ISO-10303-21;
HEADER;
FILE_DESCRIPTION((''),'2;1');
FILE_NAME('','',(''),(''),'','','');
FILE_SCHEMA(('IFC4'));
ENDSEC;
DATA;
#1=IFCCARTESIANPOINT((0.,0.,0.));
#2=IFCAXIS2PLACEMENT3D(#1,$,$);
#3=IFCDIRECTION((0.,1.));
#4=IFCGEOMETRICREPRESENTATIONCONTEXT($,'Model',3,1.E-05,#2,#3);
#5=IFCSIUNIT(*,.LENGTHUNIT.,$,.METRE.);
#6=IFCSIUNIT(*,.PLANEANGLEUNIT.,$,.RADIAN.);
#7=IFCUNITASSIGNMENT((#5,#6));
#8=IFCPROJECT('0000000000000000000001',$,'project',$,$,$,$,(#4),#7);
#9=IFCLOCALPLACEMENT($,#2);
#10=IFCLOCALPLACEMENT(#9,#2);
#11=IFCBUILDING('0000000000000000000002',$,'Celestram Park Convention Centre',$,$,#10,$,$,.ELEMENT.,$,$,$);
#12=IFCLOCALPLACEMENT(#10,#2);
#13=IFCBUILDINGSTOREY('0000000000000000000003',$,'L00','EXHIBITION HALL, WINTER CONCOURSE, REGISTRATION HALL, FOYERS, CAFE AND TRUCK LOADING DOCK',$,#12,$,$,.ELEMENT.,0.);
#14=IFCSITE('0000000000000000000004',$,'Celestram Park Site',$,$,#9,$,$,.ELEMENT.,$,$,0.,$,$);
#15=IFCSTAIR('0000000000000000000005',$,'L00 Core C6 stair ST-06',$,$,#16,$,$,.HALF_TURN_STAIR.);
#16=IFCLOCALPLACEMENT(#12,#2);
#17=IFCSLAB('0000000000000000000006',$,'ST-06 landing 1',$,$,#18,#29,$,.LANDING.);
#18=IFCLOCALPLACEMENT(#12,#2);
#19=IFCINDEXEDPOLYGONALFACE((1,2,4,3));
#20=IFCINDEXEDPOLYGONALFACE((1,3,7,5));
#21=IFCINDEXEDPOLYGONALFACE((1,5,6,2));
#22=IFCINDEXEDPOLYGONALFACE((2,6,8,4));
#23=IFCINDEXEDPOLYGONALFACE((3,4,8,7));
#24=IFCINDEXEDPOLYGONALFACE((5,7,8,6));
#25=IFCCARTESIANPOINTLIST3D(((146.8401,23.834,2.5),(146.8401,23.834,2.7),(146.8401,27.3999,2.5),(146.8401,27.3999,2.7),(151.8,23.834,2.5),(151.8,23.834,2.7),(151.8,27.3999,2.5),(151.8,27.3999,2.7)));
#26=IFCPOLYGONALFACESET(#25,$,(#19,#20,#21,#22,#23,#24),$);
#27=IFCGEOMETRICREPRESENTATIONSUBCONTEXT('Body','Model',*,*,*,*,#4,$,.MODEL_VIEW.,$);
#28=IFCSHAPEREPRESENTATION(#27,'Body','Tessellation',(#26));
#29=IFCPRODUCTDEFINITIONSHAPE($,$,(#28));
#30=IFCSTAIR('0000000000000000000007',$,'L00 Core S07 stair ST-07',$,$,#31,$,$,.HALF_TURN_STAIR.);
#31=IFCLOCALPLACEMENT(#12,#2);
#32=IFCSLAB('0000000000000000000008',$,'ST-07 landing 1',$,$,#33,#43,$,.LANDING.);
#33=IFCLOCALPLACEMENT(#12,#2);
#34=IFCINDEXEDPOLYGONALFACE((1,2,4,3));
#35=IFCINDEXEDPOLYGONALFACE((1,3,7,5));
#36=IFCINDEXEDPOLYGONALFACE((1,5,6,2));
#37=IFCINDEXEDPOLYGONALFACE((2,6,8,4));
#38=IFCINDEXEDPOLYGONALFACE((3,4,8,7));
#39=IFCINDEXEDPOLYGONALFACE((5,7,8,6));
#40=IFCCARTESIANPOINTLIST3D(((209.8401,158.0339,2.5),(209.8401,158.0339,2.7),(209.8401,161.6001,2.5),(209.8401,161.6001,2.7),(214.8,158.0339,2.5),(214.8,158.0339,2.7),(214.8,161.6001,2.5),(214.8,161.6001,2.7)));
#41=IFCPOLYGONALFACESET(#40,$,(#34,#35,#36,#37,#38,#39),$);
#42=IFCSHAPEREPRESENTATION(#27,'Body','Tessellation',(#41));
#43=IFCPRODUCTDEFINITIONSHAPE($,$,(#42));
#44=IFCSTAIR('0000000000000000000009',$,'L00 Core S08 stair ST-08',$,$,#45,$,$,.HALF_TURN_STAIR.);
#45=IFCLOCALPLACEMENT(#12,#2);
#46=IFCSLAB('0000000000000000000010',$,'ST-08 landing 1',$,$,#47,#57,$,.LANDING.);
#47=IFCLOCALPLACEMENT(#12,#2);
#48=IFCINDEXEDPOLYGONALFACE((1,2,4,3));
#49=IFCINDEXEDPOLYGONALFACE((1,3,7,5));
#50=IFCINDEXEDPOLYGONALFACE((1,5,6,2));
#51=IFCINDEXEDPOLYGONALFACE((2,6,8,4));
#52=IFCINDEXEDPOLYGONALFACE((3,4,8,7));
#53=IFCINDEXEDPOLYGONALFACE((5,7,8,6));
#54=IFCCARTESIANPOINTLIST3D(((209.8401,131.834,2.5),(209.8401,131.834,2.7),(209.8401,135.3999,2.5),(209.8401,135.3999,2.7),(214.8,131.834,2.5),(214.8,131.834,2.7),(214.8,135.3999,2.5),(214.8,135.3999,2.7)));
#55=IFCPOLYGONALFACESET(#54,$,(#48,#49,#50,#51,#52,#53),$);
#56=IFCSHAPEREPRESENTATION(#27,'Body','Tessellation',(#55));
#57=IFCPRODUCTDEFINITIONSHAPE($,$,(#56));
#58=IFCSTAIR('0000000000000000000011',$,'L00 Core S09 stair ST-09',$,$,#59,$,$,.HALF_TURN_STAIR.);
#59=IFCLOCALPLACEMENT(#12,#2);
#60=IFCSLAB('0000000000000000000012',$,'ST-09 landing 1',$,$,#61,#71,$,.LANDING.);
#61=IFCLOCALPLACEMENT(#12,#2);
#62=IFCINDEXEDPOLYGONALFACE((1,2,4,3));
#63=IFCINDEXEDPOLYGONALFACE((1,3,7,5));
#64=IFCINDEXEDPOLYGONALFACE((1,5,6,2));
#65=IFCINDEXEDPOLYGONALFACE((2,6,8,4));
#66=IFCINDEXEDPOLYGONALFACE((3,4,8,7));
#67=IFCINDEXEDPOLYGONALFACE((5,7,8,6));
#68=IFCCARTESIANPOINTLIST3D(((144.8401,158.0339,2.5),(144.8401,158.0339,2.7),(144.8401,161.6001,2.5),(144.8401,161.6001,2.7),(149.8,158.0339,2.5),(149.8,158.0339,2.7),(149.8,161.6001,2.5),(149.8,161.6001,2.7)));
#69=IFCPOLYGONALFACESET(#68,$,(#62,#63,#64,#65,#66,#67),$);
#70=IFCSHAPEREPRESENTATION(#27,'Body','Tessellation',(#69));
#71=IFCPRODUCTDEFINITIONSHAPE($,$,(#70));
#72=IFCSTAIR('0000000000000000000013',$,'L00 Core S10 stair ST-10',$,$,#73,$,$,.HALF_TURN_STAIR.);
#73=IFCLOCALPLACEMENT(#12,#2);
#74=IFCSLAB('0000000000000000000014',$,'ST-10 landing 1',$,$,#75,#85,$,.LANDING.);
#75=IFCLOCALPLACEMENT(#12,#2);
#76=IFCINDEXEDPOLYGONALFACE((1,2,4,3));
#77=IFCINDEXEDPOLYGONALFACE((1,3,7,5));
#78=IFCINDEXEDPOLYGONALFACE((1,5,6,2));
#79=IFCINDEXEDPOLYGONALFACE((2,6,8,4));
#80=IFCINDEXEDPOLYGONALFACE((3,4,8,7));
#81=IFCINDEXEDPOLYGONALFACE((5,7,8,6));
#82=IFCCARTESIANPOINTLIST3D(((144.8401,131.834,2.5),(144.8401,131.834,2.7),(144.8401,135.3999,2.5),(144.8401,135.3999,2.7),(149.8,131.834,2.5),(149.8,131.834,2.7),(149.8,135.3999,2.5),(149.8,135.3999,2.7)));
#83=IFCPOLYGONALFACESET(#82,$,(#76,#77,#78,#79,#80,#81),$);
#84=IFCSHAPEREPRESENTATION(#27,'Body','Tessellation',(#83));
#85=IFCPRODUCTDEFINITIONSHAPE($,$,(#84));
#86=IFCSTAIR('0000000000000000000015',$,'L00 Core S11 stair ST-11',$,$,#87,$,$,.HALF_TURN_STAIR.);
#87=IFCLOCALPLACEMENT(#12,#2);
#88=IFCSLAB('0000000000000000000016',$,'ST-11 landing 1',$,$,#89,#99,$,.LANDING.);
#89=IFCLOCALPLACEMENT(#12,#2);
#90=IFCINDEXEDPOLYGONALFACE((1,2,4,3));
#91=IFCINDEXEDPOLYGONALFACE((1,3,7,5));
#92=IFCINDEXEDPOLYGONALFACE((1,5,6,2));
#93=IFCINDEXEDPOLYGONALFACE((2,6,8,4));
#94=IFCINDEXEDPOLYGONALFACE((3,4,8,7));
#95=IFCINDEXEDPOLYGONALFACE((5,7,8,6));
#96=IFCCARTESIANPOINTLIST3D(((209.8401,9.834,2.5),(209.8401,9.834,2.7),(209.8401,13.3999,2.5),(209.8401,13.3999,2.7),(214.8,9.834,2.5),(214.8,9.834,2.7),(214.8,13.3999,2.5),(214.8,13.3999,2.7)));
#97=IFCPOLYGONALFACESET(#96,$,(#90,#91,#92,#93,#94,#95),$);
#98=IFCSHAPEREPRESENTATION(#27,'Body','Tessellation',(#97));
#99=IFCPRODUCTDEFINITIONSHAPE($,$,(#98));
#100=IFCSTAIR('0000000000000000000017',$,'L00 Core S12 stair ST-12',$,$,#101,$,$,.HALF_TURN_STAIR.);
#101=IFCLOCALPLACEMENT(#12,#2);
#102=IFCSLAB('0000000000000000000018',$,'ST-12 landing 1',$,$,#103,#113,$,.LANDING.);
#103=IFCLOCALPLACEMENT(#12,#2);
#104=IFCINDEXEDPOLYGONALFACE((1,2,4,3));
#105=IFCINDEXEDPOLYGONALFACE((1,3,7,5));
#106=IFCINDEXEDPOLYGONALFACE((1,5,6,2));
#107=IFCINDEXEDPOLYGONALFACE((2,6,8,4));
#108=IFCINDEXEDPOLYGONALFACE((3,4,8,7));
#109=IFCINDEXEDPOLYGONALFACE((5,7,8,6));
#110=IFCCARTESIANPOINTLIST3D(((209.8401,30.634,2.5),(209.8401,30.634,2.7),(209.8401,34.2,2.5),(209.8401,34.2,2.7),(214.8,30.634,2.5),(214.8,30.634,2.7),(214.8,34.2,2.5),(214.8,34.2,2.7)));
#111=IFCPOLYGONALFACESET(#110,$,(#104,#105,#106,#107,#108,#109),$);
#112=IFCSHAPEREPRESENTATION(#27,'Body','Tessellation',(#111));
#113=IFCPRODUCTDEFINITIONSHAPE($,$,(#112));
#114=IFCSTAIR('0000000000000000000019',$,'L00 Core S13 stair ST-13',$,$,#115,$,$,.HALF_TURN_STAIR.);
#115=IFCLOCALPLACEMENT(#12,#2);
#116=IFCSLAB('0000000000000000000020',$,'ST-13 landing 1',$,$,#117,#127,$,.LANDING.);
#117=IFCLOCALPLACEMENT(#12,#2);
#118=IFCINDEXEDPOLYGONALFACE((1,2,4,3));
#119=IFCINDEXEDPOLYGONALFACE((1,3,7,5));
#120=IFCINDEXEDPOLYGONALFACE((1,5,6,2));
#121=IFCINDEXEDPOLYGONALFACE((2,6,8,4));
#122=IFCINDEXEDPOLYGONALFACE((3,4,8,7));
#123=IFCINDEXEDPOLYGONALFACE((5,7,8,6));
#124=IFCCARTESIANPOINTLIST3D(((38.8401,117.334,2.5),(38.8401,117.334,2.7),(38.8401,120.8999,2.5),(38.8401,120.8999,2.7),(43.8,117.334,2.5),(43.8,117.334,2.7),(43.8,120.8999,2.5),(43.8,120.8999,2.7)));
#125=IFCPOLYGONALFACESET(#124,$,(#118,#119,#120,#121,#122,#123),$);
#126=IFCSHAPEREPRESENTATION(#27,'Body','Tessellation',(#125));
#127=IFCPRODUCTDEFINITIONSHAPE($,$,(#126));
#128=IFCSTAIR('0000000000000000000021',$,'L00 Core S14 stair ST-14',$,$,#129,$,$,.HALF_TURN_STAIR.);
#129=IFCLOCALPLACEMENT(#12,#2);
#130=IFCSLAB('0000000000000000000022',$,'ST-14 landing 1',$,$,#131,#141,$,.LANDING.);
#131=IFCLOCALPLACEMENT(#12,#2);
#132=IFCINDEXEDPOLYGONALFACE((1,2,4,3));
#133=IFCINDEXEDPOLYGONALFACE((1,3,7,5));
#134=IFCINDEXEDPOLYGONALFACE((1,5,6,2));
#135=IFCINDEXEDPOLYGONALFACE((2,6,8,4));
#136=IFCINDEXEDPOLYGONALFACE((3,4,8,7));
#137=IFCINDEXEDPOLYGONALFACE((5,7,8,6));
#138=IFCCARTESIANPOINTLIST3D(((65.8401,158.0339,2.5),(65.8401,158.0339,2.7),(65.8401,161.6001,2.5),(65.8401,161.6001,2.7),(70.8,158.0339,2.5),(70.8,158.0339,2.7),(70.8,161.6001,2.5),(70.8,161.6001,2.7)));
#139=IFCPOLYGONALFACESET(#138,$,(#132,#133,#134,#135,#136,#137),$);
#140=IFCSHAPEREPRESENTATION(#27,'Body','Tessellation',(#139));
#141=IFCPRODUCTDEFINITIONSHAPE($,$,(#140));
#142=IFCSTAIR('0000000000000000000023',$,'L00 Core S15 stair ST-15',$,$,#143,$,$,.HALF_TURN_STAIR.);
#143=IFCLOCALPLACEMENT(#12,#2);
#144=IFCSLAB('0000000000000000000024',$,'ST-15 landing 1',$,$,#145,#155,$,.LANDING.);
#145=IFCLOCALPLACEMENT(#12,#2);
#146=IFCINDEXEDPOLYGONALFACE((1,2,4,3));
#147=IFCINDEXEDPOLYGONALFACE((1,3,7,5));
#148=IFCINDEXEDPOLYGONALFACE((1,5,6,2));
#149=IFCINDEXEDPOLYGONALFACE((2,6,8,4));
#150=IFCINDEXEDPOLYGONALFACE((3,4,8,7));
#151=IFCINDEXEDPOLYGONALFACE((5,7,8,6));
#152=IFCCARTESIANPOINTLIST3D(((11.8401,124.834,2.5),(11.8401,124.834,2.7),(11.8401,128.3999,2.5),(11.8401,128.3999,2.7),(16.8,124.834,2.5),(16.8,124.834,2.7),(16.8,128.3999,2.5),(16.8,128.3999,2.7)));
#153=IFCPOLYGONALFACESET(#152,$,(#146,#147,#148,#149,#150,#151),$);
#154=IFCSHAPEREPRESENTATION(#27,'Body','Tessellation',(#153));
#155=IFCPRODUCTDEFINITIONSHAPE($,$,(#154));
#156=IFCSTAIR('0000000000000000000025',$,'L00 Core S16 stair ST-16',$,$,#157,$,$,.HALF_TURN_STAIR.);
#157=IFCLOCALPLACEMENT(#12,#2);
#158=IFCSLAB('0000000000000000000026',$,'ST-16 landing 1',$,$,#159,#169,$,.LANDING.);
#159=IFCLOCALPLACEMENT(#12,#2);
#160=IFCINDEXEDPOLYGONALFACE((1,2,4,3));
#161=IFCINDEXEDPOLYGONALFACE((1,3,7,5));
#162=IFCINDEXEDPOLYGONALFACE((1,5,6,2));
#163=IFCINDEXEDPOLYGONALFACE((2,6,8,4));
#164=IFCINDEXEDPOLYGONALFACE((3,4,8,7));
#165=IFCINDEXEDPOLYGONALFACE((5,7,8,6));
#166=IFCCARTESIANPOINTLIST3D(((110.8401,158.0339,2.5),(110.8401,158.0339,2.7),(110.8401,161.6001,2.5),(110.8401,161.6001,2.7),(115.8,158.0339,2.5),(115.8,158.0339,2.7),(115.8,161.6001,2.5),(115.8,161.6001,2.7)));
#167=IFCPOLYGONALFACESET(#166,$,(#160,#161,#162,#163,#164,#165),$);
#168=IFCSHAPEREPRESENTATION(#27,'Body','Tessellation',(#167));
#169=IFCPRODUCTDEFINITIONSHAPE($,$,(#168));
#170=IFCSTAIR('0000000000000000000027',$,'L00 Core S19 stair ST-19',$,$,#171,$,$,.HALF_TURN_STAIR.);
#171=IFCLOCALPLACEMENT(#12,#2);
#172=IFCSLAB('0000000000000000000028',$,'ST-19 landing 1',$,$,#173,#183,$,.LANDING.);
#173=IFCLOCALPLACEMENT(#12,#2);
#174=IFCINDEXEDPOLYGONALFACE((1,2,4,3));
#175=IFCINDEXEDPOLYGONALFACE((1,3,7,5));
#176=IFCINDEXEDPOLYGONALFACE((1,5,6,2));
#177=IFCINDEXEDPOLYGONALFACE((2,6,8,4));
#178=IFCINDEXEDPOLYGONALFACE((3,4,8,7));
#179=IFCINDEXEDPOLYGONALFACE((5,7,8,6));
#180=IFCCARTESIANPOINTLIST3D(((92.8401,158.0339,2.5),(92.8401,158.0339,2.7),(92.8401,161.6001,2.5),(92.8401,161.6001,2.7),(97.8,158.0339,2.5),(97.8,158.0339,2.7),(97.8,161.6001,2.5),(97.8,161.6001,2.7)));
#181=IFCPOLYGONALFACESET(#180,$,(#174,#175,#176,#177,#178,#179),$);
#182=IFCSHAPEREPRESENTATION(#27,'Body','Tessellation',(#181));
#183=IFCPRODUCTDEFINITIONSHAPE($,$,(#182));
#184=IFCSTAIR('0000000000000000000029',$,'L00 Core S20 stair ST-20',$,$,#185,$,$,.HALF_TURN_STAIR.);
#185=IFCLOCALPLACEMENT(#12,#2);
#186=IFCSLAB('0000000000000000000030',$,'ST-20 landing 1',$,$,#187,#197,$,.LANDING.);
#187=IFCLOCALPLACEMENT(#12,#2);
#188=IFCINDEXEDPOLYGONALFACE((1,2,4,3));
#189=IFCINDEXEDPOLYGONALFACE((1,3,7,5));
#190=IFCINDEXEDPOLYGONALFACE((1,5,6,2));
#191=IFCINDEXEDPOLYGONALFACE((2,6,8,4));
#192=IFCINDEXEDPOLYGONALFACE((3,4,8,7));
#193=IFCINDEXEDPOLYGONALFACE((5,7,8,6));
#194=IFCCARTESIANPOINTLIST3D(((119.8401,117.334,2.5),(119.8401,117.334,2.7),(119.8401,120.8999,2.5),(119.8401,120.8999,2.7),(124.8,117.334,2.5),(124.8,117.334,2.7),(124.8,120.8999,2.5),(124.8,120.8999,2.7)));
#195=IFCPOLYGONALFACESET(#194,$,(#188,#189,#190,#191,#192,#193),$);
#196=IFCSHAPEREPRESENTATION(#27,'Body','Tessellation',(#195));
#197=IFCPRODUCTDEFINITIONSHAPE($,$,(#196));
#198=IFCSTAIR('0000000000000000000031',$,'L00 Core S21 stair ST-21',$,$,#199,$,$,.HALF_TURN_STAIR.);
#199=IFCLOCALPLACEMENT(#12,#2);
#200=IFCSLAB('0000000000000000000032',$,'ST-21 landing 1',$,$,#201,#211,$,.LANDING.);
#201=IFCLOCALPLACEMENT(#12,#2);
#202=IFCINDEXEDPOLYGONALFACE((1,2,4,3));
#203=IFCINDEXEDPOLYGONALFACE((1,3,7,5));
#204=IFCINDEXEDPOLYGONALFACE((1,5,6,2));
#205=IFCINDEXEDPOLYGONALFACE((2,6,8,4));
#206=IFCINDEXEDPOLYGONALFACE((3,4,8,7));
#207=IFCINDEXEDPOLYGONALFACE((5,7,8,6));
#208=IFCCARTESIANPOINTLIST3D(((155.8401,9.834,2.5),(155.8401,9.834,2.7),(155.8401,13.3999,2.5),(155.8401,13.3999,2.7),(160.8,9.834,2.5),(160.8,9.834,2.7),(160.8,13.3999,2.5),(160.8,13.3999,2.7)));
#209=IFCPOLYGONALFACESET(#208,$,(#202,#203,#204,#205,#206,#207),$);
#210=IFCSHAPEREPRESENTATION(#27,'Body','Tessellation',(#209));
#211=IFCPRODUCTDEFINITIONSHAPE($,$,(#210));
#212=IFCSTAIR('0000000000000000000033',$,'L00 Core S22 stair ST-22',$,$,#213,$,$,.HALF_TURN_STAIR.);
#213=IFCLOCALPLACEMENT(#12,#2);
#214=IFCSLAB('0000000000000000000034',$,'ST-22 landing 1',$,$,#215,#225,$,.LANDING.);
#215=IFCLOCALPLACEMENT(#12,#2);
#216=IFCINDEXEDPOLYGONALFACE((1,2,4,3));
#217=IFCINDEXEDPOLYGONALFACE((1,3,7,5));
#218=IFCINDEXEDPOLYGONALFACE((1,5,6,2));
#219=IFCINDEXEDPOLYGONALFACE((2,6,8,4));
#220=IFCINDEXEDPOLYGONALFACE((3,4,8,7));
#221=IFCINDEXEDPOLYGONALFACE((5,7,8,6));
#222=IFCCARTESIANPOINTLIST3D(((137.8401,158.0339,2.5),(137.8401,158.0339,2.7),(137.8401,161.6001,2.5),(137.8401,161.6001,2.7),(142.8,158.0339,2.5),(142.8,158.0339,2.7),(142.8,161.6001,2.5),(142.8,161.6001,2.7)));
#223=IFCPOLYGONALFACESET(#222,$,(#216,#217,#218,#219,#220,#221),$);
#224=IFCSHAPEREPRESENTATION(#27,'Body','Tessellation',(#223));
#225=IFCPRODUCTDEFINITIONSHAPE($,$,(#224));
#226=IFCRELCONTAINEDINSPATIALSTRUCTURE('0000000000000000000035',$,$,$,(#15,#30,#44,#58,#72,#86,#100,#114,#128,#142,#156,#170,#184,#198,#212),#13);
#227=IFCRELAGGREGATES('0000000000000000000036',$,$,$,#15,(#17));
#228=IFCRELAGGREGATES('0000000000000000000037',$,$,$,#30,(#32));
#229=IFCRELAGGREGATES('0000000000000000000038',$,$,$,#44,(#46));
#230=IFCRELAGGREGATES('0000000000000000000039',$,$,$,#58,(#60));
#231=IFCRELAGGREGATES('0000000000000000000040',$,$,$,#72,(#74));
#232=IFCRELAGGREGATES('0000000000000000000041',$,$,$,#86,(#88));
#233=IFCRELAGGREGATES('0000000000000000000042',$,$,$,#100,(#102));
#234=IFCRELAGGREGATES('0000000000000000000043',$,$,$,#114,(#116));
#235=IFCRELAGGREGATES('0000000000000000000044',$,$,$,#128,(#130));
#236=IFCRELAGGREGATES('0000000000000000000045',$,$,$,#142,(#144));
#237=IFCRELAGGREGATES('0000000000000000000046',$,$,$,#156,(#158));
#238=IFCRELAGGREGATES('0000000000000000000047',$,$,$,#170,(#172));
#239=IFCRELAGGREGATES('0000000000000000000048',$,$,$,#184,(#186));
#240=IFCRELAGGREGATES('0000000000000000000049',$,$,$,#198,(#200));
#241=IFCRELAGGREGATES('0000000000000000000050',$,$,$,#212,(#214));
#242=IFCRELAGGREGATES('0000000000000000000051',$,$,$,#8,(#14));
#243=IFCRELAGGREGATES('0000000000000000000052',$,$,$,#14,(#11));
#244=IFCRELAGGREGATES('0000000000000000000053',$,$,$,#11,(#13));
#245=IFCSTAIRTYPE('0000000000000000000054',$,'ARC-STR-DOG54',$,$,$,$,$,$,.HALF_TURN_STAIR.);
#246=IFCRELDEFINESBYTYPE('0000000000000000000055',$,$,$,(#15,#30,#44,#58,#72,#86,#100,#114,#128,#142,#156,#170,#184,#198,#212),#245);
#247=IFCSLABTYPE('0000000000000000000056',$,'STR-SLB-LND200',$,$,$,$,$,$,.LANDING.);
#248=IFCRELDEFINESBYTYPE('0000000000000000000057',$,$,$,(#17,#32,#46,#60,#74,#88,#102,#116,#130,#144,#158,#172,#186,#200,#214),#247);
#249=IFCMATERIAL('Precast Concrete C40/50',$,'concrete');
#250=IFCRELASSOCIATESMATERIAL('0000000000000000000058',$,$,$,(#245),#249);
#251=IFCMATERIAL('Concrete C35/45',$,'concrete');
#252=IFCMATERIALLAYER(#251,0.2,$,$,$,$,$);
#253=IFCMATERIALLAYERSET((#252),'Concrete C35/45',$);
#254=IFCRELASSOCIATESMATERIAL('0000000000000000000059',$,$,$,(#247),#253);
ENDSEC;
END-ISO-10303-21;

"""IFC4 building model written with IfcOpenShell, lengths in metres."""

from ifc_helpers import new_model, si_unit, direction, frame, origin, place, context, subcontext, project, spatial, polyline, outline, extrude, material, layer, layer_set, type_object, element, aggregate, save


model = new_model("IFC4")

# Units and contexts
model_context = context("Model", 3, precision=1e-05, world=origin(), true_north=direction((0.0, 1.0)))
body_context = subcontext(model_context, "Body", "Model", "MODEL_VIEW")
ifc_project = project(units=[si_unit("LENGTHUNIT", "METRE"), si_unit("PLANEANGLEUNIT", "RADIAN")], contexts=[model_context])

# Site, building, storey
site_placement = place(None, origin())
site = spatial("IfcSite", under=ifc_project, at=site_placement, Name="Celestram Park Site", CompositionType="ELEMENT", RefElevation=0.0)
building_placement = place(site_placement, origin())
building = spatial("IfcBuilding", under=site, at=building_placement, Name="Celestram Park Convention Centre", CompositionType="ELEMENT")
storey_placement = place(building_placement, origin())
storey = spatial("IfcBuildingStorey", under=building, at=storey_placement, Name="L00", Description="EXHIBITION HALL, WINTER CONCOURSE, REGISTRATION HALL, FOYERS, CAFE AND TRUCK LOADING DOCK", CompositionType="ELEMENT", Elevation=0.0)

# Stairs, slabs
ifc_material_1 = material(Name="Precast Concrete C40/50", Category="concrete")
stair_type = type_object("IfcStairType", Name="ARC-STR-DOG54", PredefinedType="HALF_TURN_STAIR", material=ifc_material_1)
stair_1_placement = place(storey_placement, origin())
stair_1 = element("IfcStair", 1, at=stair_1_placement, inside=storey, type_object=stair_type, Name="L00 Core C6 stair ST-06", PredefinedType="HALF_TURN_STAIR")
ifc_material_2 = material(Name="Concrete C35/45", Category="concrete")
ifc_layer_1 = layer(ifc_material_2, 0.2)
ifc_layer_set_1 = layer_set([ifc_layer_1], Name="Concrete C35/45")
slab_type = type_object("IfcSlabType", Name="STR-SLB-LND200", PredefinedType="LANDING", material=ifc_layer_set_1)
slab_1_placement = place(storey_placement, frame((0.0, 0.0, 2.5)))
slab_1 = element("IfcSlab", 2, at=slab_1_placement, type_object=slab_type, Name="ST-06 landing 1", PredefinedType="LANDING", context=body_context, shape_type="SweptSolid", body=[
    extrude(outline(polyline([(151.8, 23.834), (151.8, 27.3999), (146.8401, 27.3999), (146.8401, 23.834), (151.8, 23.834)])), origin(), (0.0, 0.0, 1.0), 0.2),
])
aggregate(stair_1, [slab_1])
stair_2_placement = place(storey_placement, origin())
stair_2 = element("IfcStair", 3, at=stair_2_placement, inside=storey, type_object=stair_type, Name="L00 Core S07 stair ST-07", PredefinedType="HALF_TURN_STAIR")
slab_2_placement = place(storey_placement, frame((0.0, 0.0, 2.5)))
slab_2 = element("IfcSlab", 4, at=slab_2_placement, type_object=slab_type, Name="ST-07 landing 1", PredefinedType="LANDING", context=body_context, shape_type="SweptSolid", body=[
    extrude(outline(polyline([(214.8, 158.0339), (214.8, 161.6001), (209.8401, 161.6001), (209.8401, 158.0339), (214.8, 158.0339)])), origin(), (0.0, 0.0, 1.0), 0.2),
])
aggregate(stair_2, [slab_2])
stair_3_placement = place(storey_placement, origin())
stair_3 = element("IfcStair", 5, at=stair_3_placement, inside=storey, type_object=stair_type, Name="L00 Core S08 stair ST-08", PredefinedType="HALF_TURN_STAIR")
slab_3_placement = place(storey_placement, frame((0.0, 0.0, 2.5)))
slab_3 = element("IfcSlab", 6, at=slab_3_placement, type_object=slab_type, Name="ST-08 landing 1", PredefinedType="LANDING", context=body_context, shape_type="SweptSolid", body=[
    extrude(outline(polyline([(214.8, 131.834), (214.8, 135.3999), (209.8401, 135.3999), (209.8401, 131.834), (214.8, 131.834)])), origin(), (0.0, 0.0, 1.0), 0.2),
])
aggregate(stair_3, [slab_3])
stair_4_placement = place(storey_placement, origin())
stair_4 = element("IfcStair", 7, at=stair_4_placement, inside=storey, type_object=stair_type, Name="L00 Core S09 stair ST-09", PredefinedType="HALF_TURN_STAIR")
slab_4_placement = place(storey_placement, frame((0.0, 0.0, 2.5)))
slab_4 = element("IfcSlab", 8, at=slab_4_placement, type_object=slab_type, Name="ST-09 landing 1", PredefinedType="LANDING", context=body_context, shape_type="SweptSolid", body=[
    extrude(outline(polyline([(149.8, 158.0339), (149.8, 161.6001), (144.8401, 161.6001), (144.8401, 158.0339), (149.8, 158.0339)])), origin(), (0.0, 0.0, 1.0), 0.2),
])
aggregate(stair_4, [slab_4])
stair_5_placement = place(storey_placement, origin())
stair_5 = element("IfcStair", 9, at=stair_5_placement, inside=storey, type_object=stair_type, Name="L00 Core S10 stair ST-10", PredefinedType="HALF_TURN_STAIR")
slab_5_placement = place(storey_placement, frame((0.0, 0.0, 2.5)))
slab_5 = element("IfcSlab", 10, at=slab_5_placement, type_object=slab_type, Name="ST-10 landing 1", PredefinedType="LANDING", context=body_context, shape_type="SweptSolid", body=[
    extrude(outline(polyline([(149.8, 131.834), (149.8, 135.3999), (144.8401, 135.3999), (144.8401, 131.834), (149.8, 131.834)])), origin(), (0.0, 0.0, 1.0), 0.2),
])
aggregate(stair_5, [slab_5])
stair_6_placement = place(storey_placement, origin())
stair_6 = element("IfcStair", 11, at=stair_6_placement, inside=storey, type_object=stair_type, Name="L00 Core S11 stair ST-11", PredefinedType="HALF_TURN_STAIR")
slab_6_placement = place(storey_placement, frame((0.0, 0.0, 2.5)))
slab_6 = element("IfcSlab", 12, at=slab_6_placement, type_object=slab_type, Name="ST-11 landing 1", PredefinedType="LANDING", context=body_context, shape_type="SweptSolid", body=[
    extrude(outline(polyline([(214.8, 9.834), (214.8, 13.3999), (209.8401, 13.3999), (209.8401, 9.834), (214.8, 9.834)])), origin(), (0.0, 0.0, 1.0), 0.2),
])
aggregate(stair_6, [slab_6])
stair_7_placement = place(storey_placement, origin())
stair_7 = element("IfcStair", 13, at=stair_7_placement, inside=storey, type_object=stair_type, Name="L00 Core S12 stair ST-12", PredefinedType="HALF_TURN_STAIR")
slab_7_placement = place(storey_placement, frame((0.0, 0.0, 2.5)))
slab_7 = element("IfcSlab", 14, at=slab_7_placement, type_object=slab_type, Name="ST-12 landing 1", PredefinedType="LANDING", context=body_context, shape_type="SweptSolid", body=[
    extrude(outline(polyline([(214.8, 30.634), (214.8, 34.2), (209.8401, 34.2), (209.8401, 30.634), (214.8, 30.634)])), origin(), (0.0, 0.0, 1.0), 0.2),
])
aggregate(stair_7, [slab_7])
stair_8_placement = place(storey_placement, origin())
stair_8 = element("IfcStair", 15, at=stair_8_placement, inside=storey, type_object=stair_type, Name="L00 Core S13 stair ST-13", PredefinedType="HALF_TURN_STAIR")
slab_8_placement = place(storey_placement, frame((0.0, 0.0, 2.5)))
slab_8 = element("IfcSlab", 16, at=slab_8_placement, type_object=slab_type, Name="ST-13 landing 1", PredefinedType="LANDING", context=body_context, shape_type="SweptSolid", body=[
    extrude(outline(polyline([(43.8, 117.334), (43.8, 120.8999), (38.8401, 120.8999), (38.8401, 117.334), (43.8, 117.334)])), origin(), (0.0, 0.0, 1.0), 0.2),
])
aggregate(stair_8, [slab_8])
stair_9_placement = place(storey_placement, origin())
stair_9 = element("IfcStair", 17, at=stair_9_placement, inside=storey, type_object=stair_type, Name="L00 Core S14 stair ST-14", PredefinedType="HALF_TURN_STAIR")
slab_9_placement = place(storey_placement, frame((0.0, 0.0, 2.5)))
slab_9 = element("IfcSlab", 18, at=slab_9_placement, type_object=slab_type, Name="ST-14 landing 1", PredefinedType="LANDING", context=body_context, shape_type="SweptSolid", body=[
    extrude(outline(polyline([(70.8, 158.0339), (70.8, 161.6001), (65.8401, 161.6001), (65.8401, 158.0339), (70.8, 158.0339)])), origin(), (0.0, 0.0, 1.0), 0.2),
])
aggregate(stair_9, [slab_9])
stair_10_placement = place(storey_placement, origin())
stair_10 = element("IfcStair", 19, at=stair_10_placement, inside=storey, type_object=stair_type, Name="L00 Core S15 stair ST-15", PredefinedType="HALF_TURN_STAIR")
slab_10_placement = place(storey_placement, frame((0.0, 0.0, 2.5)))
slab_10 = element("IfcSlab", 20, at=slab_10_placement, type_object=slab_type, Name="ST-15 landing 1", PredefinedType="LANDING", context=body_context, shape_type="SweptSolid", body=[
    extrude(outline(polyline([(16.8, 124.834), (16.8, 128.3999), (11.8401, 128.3999), (11.8401, 124.834), (16.8, 124.834)])), origin(), (0.0, 0.0, 1.0), 0.2),
])
aggregate(stair_10, [slab_10])
stair_11_placement = place(storey_placement, origin())
stair_11 = element("IfcStair", 21, at=stair_11_placement, inside=storey, type_object=stair_type, Name="L00 Core S16 stair ST-16", PredefinedType="HALF_TURN_STAIR")
slab_11_placement = place(storey_placement, frame((0.0, 0.0, 2.5)))
slab_11 = element("IfcSlab", 22, at=slab_11_placement, type_object=slab_type, Name="ST-16 landing 1", PredefinedType="LANDING", context=body_context, shape_type="SweptSolid", body=[
    extrude(outline(polyline([(115.8, 158.0339), (115.8, 161.6001), (110.8401, 161.6001), (110.8401, 158.0339), (115.8, 158.0339)])), origin(), (0.0, 0.0, 1.0), 0.2),
])
aggregate(stair_11, [slab_11])
stair_12_placement = place(storey_placement, origin())
stair_12 = element("IfcStair", 23, at=stair_12_placement, inside=storey, type_object=stair_type, Name="L00 Core S19 stair ST-19", PredefinedType="HALF_TURN_STAIR")
slab_12_placement = place(storey_placement, frame((0.0, 0.0, 2.5)))
slab_12 = element("IfcSlab", 24, at=slab_12_placement, type_object=slab_type, Name="ST-19 landing 1", PredefinedType="LANDING", context=body_context, shape_type="SweptSolid", body=[
    extrude(outline(polyline([(97.8, 158.0339), (97.8, 161.6001), (92.8401, 161.6001), (92.8401, 158.0339), (97.8, 158.0339)])), origin(), (0.0, 0.0, 1.0), 0.2),
])
aggregate(stair_12, [slab_12])
stair_13_placement = place(storey_placement, origin())
stair_13 = element("IfcStair", 25, at=stair_13_placement, inside=storey, type_object=stair_type, Name="L00 Core S20 stair ST-20", PredefinedType="HALF_TURN_STAIR")
slab_13_placement = place(storey_placement, frame((0.0, 0.0, 2.5)))
slab_13 = element("IfcSlab", 26, at=slab_13_placement, type_object=slab_type, Name="ST-20 landing 1", PredefinedType="LANDING", context=body_context, shape_type="SweptSolid", body=[
    extrude(outline(polyline([(124.8, 117.334), (124.8, 120.8999), (119.8401, 120.8999), (119.8401, 117.334), (124.8, 117.334)])), origin(), (0.0, 0.0, 1.0), 0.2),
])
aggregate(stair_13, [slab_13])
stair_14_placement = place(storey_placement, origin())
stair_14 = element("IfcStair", 27, at=stair_14_placement, inside=storey, type_object=stair_type, Name="L00 Core S21 stair ST-21", PredefinedType="HALF_TURN_STAIR")
slab_14_placement = place(storey_placement, frame((0.0, 0.0, 2.5)))
slab_14 = element("IfcSlab", 28, at=slab_14_placement, type_object=slab_type, Name="ST-21 landing 1", PredefinedType="LANDING", context=body_context, shape_type="SweptSolid", body=[
    extrude(outline(polyline([(160.8, 9.834), (160.8, 13.3999), (155.8401, 13.3999), (155.8401, 9.834), (160.8, 9.834)])), origin(), (0.0, 0.0, 1.0), 0.2),
])
aggregate(stair_14, [slab_14])
stair_15_placement = place(storey_placement, origin())
stair_15 = element("IfcStair", 29, at=stair_15_placement, inside=storey, type_object=stair_type, Name="L00 Core S22 stair ST-22", PredefinedType="HALF_TURN_STAIR")
slab_15_placement = place(storey_placement, frame((0.0, 0.0, 2.5)))
slab_15 = element("IfcSlab", 30, at=slab_15_placement, type_object=slab_type, Name="ST-22 landing 1", PredefinedType="LANDING", context=body_context, shape_type="SweptSolid", body=[
    extrude(outline(polyline([(142.8, 158.0339), (142.8, 161.6001), (137.8401, 161.6001), (137.8401, 158.0339), (142.8, 158.0339)])), origin(), (0.0, 0.0, 1.0), 0.2),
])
aggregate(stair_15, [slab_15])

save(model, "model.ifc")
